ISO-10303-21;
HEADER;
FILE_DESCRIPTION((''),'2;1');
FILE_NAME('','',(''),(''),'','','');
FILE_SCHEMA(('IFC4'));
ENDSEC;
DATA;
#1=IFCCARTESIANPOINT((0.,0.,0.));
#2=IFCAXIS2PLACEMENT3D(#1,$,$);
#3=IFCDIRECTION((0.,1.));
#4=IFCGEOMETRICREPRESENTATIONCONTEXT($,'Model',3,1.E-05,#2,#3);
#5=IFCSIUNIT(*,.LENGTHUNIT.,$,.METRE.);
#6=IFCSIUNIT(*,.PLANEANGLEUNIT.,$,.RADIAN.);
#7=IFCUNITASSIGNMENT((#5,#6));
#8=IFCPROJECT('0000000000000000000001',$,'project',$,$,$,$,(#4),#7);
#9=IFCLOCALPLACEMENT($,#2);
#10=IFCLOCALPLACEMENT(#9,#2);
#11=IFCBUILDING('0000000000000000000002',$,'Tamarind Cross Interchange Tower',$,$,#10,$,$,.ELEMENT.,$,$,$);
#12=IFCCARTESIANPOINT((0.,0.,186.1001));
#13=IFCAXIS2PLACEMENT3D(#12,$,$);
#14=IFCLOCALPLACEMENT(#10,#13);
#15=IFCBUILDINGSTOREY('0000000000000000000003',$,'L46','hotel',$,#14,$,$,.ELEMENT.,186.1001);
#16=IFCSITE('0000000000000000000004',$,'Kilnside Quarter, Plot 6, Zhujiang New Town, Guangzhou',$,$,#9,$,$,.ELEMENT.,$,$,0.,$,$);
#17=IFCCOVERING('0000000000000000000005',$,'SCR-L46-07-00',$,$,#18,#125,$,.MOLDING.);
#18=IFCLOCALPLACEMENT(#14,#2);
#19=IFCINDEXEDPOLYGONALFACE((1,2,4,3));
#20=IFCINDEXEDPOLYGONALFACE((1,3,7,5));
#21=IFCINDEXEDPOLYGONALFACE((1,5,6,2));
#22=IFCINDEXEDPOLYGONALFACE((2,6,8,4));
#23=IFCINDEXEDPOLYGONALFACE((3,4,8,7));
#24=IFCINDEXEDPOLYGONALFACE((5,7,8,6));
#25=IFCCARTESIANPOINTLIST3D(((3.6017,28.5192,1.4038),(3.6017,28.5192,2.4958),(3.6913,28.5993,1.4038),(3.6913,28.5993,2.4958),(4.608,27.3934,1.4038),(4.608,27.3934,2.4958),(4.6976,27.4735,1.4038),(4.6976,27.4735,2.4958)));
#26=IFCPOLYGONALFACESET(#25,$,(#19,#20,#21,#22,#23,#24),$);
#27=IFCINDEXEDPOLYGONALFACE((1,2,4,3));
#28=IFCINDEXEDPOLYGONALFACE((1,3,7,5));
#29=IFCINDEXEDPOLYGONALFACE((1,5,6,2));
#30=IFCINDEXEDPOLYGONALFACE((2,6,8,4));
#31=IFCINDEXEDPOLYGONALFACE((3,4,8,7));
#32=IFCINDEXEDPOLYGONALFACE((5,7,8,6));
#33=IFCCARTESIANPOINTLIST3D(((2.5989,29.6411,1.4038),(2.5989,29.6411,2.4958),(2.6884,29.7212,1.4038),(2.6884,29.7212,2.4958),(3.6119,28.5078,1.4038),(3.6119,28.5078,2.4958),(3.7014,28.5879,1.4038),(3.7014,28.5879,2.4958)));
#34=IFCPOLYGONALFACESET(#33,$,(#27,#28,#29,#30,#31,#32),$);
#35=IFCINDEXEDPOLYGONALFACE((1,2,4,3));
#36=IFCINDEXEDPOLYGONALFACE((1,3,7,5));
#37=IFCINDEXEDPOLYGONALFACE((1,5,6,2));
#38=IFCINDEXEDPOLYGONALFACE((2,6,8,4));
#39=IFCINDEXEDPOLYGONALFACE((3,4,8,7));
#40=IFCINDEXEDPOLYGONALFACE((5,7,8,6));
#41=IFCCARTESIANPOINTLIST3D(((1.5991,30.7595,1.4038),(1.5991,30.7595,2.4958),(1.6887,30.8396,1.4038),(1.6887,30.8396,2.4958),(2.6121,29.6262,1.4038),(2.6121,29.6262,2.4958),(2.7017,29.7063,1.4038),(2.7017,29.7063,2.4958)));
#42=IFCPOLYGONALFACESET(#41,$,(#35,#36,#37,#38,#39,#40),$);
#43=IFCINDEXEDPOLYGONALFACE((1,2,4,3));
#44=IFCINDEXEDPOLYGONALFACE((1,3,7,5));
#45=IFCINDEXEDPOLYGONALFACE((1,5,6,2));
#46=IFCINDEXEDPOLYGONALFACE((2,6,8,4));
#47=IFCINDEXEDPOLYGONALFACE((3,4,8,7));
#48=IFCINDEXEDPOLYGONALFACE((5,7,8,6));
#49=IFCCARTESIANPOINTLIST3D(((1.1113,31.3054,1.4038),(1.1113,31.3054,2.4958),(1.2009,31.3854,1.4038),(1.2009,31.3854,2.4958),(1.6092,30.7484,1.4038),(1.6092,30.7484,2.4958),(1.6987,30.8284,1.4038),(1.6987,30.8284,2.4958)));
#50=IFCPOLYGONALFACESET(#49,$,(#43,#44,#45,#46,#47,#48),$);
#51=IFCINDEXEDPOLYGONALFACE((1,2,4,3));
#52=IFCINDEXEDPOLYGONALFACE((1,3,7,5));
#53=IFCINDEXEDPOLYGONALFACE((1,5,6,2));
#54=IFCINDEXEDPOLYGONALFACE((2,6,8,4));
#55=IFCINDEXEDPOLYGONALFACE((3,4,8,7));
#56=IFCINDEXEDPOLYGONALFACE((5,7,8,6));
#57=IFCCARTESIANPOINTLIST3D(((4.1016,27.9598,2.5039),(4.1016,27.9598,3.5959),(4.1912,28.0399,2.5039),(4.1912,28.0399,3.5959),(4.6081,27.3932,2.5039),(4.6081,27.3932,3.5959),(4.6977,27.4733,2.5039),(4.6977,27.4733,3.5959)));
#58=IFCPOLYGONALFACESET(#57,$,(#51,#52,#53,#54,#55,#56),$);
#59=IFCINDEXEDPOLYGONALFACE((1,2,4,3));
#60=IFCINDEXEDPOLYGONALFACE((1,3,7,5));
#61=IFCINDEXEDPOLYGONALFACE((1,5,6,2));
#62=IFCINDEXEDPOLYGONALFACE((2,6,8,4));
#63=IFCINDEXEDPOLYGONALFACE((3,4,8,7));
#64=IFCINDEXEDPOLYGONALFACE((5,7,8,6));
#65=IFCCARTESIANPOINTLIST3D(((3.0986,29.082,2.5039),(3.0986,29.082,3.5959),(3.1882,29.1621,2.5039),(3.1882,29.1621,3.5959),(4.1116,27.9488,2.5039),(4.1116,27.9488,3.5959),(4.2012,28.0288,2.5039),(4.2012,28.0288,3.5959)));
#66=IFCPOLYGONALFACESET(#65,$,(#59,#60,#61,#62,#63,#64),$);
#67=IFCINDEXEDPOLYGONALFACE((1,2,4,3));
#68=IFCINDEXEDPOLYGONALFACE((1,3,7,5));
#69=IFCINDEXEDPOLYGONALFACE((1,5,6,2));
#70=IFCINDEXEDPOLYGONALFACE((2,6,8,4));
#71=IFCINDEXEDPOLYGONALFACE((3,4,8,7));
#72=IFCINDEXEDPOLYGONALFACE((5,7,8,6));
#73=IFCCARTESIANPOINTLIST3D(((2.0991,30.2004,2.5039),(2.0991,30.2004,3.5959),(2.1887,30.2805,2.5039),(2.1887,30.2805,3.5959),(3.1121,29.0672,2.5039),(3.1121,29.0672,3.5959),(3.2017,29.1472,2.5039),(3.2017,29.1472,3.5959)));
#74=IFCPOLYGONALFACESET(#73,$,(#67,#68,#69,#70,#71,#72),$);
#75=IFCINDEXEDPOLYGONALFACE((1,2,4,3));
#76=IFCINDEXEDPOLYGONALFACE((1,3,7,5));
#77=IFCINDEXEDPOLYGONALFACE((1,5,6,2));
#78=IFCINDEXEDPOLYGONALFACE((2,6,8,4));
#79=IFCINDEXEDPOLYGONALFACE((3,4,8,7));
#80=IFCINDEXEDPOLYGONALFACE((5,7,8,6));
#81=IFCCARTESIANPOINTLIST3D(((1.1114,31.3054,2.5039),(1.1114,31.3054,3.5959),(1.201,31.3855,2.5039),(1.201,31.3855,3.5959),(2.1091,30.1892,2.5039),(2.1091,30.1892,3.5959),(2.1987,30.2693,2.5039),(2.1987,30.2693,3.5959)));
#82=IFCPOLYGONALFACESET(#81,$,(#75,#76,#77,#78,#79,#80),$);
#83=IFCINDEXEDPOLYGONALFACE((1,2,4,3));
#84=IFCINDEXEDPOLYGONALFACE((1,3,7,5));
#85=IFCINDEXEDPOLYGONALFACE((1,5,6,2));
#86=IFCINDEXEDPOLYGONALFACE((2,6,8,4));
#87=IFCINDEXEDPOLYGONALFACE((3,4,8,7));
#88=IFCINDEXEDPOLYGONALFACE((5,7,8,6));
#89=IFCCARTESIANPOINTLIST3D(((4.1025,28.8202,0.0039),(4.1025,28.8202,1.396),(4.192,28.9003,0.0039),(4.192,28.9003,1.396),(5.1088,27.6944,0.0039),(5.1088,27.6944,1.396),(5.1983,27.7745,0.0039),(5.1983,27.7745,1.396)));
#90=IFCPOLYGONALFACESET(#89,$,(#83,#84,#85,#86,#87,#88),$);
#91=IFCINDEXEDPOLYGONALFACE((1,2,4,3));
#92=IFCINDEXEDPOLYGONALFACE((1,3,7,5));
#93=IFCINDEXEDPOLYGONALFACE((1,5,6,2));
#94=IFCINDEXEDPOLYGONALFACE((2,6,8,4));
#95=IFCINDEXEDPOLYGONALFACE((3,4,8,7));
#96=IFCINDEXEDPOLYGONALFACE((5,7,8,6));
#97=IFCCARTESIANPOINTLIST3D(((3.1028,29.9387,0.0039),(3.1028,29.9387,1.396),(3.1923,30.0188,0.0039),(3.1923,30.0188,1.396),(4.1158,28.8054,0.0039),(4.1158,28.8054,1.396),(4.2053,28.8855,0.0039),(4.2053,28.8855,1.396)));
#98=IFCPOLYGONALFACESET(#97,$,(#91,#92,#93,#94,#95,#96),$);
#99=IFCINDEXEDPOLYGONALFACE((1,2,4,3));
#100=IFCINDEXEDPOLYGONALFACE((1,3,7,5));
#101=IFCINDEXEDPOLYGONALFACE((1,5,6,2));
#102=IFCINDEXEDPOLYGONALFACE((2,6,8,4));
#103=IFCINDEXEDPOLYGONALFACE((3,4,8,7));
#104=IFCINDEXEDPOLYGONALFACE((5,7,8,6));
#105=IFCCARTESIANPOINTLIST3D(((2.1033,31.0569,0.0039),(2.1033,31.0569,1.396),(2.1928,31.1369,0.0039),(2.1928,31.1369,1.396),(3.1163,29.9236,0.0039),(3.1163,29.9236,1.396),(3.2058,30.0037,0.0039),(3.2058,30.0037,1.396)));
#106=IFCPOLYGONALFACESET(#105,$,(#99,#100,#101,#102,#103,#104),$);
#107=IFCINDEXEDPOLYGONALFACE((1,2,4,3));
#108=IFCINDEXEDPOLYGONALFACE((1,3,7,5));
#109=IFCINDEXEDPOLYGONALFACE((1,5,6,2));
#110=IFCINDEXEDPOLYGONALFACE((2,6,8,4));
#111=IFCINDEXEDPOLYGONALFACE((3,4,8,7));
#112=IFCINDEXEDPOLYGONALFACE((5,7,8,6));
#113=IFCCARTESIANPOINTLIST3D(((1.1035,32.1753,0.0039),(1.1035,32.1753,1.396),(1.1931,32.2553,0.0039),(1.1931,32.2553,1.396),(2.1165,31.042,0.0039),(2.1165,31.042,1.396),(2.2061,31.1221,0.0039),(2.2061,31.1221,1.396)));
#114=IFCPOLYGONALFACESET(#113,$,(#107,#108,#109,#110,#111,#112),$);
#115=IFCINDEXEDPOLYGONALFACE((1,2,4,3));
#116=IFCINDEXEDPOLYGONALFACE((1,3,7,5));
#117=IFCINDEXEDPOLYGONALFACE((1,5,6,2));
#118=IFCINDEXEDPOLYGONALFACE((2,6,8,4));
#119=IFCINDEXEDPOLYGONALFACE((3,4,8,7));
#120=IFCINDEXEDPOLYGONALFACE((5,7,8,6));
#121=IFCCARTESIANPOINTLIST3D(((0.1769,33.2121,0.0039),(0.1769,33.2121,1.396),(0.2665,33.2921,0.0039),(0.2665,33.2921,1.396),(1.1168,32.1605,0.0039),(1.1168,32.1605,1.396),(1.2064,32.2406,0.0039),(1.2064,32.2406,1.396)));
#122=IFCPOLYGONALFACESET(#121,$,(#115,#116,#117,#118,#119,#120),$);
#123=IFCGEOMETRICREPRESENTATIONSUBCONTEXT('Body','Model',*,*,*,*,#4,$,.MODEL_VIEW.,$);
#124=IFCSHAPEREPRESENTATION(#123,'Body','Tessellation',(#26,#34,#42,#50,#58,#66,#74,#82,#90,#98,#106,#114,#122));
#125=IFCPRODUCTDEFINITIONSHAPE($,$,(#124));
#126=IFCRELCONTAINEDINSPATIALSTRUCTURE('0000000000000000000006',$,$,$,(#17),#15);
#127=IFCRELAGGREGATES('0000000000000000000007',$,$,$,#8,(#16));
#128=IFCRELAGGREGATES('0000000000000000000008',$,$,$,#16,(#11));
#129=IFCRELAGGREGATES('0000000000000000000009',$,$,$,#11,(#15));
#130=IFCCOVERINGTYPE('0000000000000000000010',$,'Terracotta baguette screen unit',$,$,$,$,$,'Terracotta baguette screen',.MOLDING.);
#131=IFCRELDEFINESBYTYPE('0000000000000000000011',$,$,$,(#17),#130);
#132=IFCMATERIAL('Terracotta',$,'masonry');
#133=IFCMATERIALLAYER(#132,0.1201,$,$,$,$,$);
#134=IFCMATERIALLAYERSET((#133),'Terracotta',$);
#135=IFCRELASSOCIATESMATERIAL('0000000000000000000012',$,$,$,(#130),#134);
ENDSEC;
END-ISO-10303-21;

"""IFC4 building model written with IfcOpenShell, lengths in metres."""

from ifc_helpers import new_model, si_unit, direction, frame, origin, origin_2d, place, context, subcontext, project, spatial, rectangle, extrude, material, layer, layer_set, type_object, element, save


model = new_model("IFC4")

# Units and contexts
model_context = context("Model", 3, precision=1e-05, world=origin(), true_north=direction((0.0, 1.0)))
body_context = subcontext(model_context, "Body", "Model", "MODEL_VIEW")
ifc_project = project(units=[si_unit("LENGTHUNIT", "METRE"), si_unit("PLANEANGLEUNIT", "RADIAN")], contexts=[model_context])

# Site, building, storey
site_placement = place(None, origin())
site = spatial("IfcSite", under=ifc_project, at=site_placement, Name="Kilnside Quarter, Plot 6, Zhujiang New Town, Guangzhou", CompositionType="ELEMENT", RefElevation=0.0)
building_placement = place(site_placement, origin())
building = spatial("IfcBuilding", under=site, at=building_placement, Name="Tamarind Cross Interchange Tower", CompositionType="ELEMENT")
storey_placement = place(building_placement, frame((0.0, 0.0, 186.1001)))
storey = spatial("IfcBuildingStorey", under=building, at=storey_placement, Name="L46", Description="hotel", CompositionType="ELEMENT", Elevation=186.1001)

# Covering
ifc_material_1 = material(Name="Terracotta", Category="masonry")
ifc_layer_1 = layer(ifc_material_1, 0.1201)
ifc_layer_set_1 = layer_set([ifc_layer_1], Name="Terracotta")
covering_type = type_object("IfcCoveringType", Name="Terracotta baguette screen unit", ElementType="Terracotta baguette screen", PredefinedType="MOLDING", material=ifc_layer_set_1)
covering_1_placement = place(storey_placement, origin())
element("IfcCovering", 1, at=covering_1_placement, inside=storey, type_object=covering_type, Name="SCR-L46-07-00", PredefinedType="MOLDING", context=body_context, shape_type="SweptSolid", body=[
    extrude(rectangle(XDim=1.51, YDim=0.1201, at=origin_2d()), frame((4.1497, 27.9963, 1.4038), z_axis=(0.0, 0.0, 1.0), x_axis=(-0.666428, 0.745569, 0.0)), (0.0, 0.0, 1.0), 1.092),
    extrude(rectangle(XDim=1.52, YDim=0.1201, at=origin_2d()), frame((3.1501, 29.1145, 1.4038), z_axis=(0.0, 0.0, 1.0), x_axis=(-0.666428, 0.745569, 0.0)), (0.0, 0.0, 1.0), 1.092),
    extrude(rectangle(XDim=1.52, YDim=0.1201, at=origin_2d()), frame((2.1504, 30.2329, 1.4038), z_axis=(0.0, 0.0, 1.0), x_axis=(-0.666428, 0.745569, 0.0)), (0.0, 0.0, 1.0), 1.092),
    extrude(rectangle(XDim=0.7471, YDim=0.1201, at=origin_2d()), frame((1.405, 31.0669, 1.4038), z_axis=(0.0, 0.0, 1.0), x_axis=(-0.666428, 0.745569, 0.0)), (0.0, 0.0, 1.0), 1.092),
    extrude(rectangle(XDim=0.76, YDim=0.1201, at=origin_2d()), frame((4.3997, 27.7166, 2.5039), z_axis=(0.0, 0.0, 1.0), x_axis=(-0.666428, 0.745569, 0.0)), (0.0, 0.0, 1.0), 1.092),
    extrude(rectangle(XDim=1.52, YDim=0.1201, at=origin_2d()), frame((3.6499, 28.5554, 2.5039), z_axis=(0.0, 0.0, 1.0), x_axis=(-0.666428, 0.745569, 0.0)), (0.0, 0.0, 1.0), 1.092),
    extrude(rectangle(XDim=1.52, YDim=0.1201, at=origin_2d()), frame((2.6504, 29.6738, 2.5039), z_axis=(0.0, 0.0, 1.0), x_axis=(-0.666428, 0.745569, 0.0)), (0.0, 0.0, 1.0), 1.092),
    extrude(rectangle(XDim=1.4971, YDim=0.1201, at=origin_2d()), frame((1.655, 30.7874, 2.5039), z_axis=(0.0, 0.0, 1.0), x_axis=(-0.666428, 0.745569, 0.0)), (0.0, 0.0, 1.0), 1.092),
    extrude(rectangle(XDim=1.51, YDim=0.1201, at=origin_2d()), frame((4.6504, 28.2974, 0.0039), z_axis=(0.0, 0.0, 1.0), x_axis=(-0.666428, 0.745569, 0.0)), (0.0, 0.0, 1.0), 1.3921),
    extrude(rectangle(XDim=1.52, YDim=0.1201, at=origin_2d()), frame((3.6541, 29.4121, 0.0039), z_axis=(0.0, 0.0, 1.0), x_axis=(-0.666428, 0.745569, 0.0)), (0.0, 0.0, 1.0), 1.3921),
    extrude(rectangle(XDim=1.52, YDim=0.1201, at=origin_2d()), frame((2.6545, 30.5303, 0.0039), z_axis=(0.0, 0.0, 1.0), x_axis=(-0.666428, 0.745569, 0.0)), (0.0, 0.0, 1.0), 1.3921),
    extrude(rectangle(XDim=1.52, YDim=0.1201, at=origin_2d()), frame((1.6548, 31.6487, 0.0039), z_axis=(0.0, 0.0, 1.0), x_axis=(-0.666428, 0.745569, 0.0)), (0.0, 0.0, 1.0), 1.3921),
    extrude(rectangle(XDim=1.4104, YDim=0.1201, at=origin_2d()), frame((0.6917, 32.7263, 0.0039), z_axis=(0.0, 0.0, 1.0), x_axis=(-0.666428, 0.745569, 0.0)), (0.0, 0.0, 1.0), 1.3921),
])

save(model, "model.ifc")
